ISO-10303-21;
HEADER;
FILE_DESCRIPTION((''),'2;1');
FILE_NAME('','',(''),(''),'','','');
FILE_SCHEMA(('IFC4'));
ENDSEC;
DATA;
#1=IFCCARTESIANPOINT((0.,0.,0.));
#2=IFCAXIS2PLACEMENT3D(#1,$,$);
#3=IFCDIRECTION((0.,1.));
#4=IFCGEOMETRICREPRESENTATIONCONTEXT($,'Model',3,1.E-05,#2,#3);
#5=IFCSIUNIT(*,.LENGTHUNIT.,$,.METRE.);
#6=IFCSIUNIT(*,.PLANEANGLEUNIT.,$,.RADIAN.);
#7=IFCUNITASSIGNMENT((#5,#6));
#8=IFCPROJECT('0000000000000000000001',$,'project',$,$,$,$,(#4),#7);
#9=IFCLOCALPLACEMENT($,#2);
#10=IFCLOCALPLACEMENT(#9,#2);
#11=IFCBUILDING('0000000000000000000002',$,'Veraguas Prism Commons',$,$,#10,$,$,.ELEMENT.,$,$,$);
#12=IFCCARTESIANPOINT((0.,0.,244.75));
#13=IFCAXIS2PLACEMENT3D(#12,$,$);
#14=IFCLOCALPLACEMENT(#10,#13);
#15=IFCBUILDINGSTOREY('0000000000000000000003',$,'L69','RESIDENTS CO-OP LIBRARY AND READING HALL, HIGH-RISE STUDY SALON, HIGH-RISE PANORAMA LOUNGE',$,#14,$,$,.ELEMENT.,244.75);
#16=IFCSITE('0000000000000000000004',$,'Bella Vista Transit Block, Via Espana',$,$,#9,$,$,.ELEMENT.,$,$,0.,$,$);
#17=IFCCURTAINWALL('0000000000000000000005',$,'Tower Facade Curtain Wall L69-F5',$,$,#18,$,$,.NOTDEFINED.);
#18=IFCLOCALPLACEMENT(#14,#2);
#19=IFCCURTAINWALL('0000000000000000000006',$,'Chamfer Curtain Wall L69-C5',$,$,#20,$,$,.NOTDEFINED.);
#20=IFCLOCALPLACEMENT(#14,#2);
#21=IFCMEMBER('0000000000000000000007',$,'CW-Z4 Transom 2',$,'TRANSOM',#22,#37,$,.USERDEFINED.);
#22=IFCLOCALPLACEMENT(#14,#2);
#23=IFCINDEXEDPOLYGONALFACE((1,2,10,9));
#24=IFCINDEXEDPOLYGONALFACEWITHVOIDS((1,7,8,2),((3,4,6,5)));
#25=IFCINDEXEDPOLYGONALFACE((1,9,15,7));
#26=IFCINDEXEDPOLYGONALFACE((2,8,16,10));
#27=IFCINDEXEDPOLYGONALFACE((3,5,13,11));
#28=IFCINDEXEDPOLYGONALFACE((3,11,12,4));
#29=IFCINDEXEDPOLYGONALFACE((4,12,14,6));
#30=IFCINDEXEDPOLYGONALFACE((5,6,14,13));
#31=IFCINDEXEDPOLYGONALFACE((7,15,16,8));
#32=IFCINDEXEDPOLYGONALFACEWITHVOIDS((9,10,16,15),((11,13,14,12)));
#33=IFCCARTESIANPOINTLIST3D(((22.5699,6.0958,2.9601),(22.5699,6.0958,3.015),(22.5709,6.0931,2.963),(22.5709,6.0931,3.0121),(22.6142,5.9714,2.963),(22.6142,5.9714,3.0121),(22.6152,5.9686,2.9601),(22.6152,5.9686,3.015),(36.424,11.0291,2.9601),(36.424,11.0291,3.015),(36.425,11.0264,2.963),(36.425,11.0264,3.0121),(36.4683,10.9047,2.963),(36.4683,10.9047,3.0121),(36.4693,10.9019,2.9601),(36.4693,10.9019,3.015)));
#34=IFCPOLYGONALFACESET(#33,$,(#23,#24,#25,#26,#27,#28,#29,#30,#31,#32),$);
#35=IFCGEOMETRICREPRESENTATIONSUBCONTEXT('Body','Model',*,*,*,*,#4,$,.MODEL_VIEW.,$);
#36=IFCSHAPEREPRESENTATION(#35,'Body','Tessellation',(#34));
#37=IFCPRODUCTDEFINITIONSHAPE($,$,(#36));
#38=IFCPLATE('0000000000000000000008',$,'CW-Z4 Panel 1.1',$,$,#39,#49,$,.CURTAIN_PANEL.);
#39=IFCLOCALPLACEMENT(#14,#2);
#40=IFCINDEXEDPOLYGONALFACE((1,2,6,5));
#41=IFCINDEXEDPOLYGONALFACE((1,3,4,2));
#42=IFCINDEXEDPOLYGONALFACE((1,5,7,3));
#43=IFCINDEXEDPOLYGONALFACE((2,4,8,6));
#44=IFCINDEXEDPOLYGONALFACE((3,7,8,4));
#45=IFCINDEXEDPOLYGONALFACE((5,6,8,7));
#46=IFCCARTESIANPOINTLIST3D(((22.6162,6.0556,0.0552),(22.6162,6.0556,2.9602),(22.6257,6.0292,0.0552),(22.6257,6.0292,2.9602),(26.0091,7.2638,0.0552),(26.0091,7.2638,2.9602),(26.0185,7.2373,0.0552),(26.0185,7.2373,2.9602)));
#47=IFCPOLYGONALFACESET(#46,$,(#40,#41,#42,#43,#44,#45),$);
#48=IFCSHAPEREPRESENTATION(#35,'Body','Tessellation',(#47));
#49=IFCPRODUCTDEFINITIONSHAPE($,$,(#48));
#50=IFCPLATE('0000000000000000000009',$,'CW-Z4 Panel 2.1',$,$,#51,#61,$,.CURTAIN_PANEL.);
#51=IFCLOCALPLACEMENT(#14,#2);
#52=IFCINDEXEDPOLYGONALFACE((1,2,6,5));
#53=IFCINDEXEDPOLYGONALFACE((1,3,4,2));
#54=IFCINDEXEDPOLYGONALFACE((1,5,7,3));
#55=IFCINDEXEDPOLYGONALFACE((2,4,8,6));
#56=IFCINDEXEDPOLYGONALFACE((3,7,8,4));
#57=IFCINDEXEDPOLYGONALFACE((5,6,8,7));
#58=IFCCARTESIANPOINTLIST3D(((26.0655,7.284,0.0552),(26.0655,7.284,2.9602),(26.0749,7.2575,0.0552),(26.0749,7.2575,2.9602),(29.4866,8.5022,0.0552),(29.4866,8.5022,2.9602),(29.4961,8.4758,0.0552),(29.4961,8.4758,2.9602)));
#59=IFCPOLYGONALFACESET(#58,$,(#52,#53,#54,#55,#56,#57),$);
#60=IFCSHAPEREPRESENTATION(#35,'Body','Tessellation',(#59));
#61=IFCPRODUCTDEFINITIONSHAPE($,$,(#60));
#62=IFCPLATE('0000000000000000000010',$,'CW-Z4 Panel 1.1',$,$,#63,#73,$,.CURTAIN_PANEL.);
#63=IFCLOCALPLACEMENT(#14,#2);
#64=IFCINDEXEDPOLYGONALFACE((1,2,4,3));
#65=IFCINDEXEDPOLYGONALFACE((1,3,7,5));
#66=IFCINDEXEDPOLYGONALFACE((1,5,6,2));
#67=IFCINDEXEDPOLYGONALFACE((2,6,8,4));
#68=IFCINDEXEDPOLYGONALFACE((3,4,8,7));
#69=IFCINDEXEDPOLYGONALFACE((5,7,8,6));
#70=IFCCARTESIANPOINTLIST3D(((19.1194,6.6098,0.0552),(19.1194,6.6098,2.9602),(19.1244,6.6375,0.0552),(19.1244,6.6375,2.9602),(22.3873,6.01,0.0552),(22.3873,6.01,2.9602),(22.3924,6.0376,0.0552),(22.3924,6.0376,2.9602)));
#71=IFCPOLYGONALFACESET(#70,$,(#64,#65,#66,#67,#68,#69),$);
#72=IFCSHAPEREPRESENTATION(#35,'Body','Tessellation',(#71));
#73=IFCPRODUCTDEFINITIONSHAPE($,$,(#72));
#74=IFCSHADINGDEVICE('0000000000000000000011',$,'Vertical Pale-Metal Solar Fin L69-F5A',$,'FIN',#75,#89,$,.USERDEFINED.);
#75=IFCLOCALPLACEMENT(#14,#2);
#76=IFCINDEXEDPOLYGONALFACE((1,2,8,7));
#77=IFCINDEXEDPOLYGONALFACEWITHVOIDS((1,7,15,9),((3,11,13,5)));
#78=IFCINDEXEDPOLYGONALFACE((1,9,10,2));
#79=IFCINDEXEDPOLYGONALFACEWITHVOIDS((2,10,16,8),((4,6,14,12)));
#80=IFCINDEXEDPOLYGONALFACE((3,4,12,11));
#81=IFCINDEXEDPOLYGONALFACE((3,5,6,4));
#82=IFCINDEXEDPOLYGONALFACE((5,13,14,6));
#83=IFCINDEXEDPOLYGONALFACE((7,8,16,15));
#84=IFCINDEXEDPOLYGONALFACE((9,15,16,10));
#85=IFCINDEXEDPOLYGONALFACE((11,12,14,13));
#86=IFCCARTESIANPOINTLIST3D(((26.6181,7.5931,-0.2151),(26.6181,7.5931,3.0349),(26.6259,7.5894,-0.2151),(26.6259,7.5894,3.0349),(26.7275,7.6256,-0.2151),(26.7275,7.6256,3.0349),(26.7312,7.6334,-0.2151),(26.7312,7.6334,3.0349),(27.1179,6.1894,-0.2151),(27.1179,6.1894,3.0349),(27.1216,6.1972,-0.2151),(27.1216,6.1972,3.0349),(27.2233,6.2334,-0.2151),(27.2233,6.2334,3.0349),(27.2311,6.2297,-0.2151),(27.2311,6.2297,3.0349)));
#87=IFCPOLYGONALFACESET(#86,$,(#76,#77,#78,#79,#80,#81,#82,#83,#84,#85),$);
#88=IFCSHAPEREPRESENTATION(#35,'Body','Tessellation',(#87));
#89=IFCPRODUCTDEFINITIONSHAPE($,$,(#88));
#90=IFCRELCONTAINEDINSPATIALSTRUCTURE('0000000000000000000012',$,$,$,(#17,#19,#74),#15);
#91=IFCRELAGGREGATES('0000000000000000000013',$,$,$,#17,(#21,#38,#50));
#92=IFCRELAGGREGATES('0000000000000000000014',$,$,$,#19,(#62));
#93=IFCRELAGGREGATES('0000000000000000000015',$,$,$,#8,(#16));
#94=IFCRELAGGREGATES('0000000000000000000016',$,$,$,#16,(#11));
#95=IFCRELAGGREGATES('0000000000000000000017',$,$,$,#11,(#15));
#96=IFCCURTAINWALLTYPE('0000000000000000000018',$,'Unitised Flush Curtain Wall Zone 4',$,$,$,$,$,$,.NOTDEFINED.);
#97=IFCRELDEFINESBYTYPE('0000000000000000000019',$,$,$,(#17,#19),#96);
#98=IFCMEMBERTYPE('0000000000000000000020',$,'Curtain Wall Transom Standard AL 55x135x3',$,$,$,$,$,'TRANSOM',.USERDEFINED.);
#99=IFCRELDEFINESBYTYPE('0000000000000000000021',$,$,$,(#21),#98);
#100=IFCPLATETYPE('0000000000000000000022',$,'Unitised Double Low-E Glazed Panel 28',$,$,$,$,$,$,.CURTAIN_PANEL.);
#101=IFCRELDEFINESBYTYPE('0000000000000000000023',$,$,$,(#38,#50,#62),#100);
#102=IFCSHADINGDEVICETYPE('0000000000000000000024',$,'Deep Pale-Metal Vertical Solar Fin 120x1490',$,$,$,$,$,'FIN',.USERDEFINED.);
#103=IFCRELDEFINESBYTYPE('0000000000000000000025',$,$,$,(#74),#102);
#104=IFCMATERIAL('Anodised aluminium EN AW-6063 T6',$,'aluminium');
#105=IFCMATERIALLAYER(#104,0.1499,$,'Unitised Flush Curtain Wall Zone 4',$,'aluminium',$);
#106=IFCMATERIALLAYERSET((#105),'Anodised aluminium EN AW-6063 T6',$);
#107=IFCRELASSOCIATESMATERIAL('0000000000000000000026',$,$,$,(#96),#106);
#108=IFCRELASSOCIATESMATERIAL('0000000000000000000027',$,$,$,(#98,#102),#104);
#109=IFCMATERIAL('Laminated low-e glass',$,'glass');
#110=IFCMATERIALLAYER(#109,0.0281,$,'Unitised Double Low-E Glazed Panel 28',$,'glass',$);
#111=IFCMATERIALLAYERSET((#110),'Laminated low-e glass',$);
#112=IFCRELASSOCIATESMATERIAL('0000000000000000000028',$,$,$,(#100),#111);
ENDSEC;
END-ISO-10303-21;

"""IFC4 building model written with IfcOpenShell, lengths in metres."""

from ifc_helpers import new_model, si_unit, direction, frame, origin, origin_2d, place, context, subcontext, project, spatial, rectangle, hollow_rectangle, extrude, source, transform, mapped, material, layer, layer_set, material_profile, profile_set, type_object, element, aggregate, save


model = new_model("IFC4")

# Units and contexts
model_context = context("Model", 3, precision=1e-05, world=origin(), true_north=direction((0.0, 1.0)))
body_context = subcontext(model_context, "Body", "Model", "MODEL_VIEW")
ifc_project = project(units=[si_unit("LENGTHUNIT", "METRE"), si_unit("PLANEANGLEUNIT", "RADIAN")], contexts=[model_context])

# Site, building, storey
site_placement = place(None, origin())
site = spatial("IfcSite", under=ifc_project, at=site_placement, Name="Bella Vista Transit Block, Via Espana", CompositionType="ELEMENT", RefElevation=0.0)
building_placement = place(site_placement, origin())
building = spatial("IfcBuilding", under=site, at=building_placement, Name="Veraguas Prism Commons", CompositionType="ELEMENT")
storey_placement = place(building_placement, frame((0.0, 0.0, 244.75)))
storey = spatial("IfcBuildingStorey", under=building, at=storey_placement, Name="L69", Description="RESIDENTS CO-OP LIBRARY AND READING HALL, HIGH-RISE STUDY SALON, HIGH-RISE PANORAMA LOUNGE", CompositionType="ELEMENT", Elevation=244.75)

# Curtain wall
ifc_material_1 = material(Name="Anodised aluminium EN AW-6063 T6", Category="aluminium")
ifc_layer_1 = layer(ifc_material_1, 0.1499, Name="Unitised Flush Curtain Wall Zone 4", Category="aluminium")
ifc_layer_set_1 = layer_set([ifc_layer_1], Name="Anodised aluminium EN AW-6063 T6")
curtain_wall_type = type_object("IfcCurtainWallType", Name="Unitised Flush Curtain Wall Zone 4", PredefinedType="NOTDEFINED", material=ifc_layer_set_1)
curtain_wall_1_placement = place(storey_placement, origin())
curtain_wall_1 = element("IfcCurtainWall", 1, at=curtain_wall_1_placement, inside=storey, type_object=curtain_wall_type, Name="Tower Facade Curtain Wall L69-F5", PredefinedType="NOTDEFINED")

# Curtain wall
curtain_wall_2_placement = place(storey_placement, origin())
curtain_wall_2 = element("IfcCurtainWall", 2, at=curtain_wall_2_placement, inside=storey, type_object=curtain_wall_type, Name="Chamfer Curtain Wall L69-C5", PredefinedType="NOTDEFINED")

# Member
ifc_material_profile_1 = material_profile(ifc_material_1, hollow_rectangle(XDim=0.0549, YDim=0.135, WallThickness=0.0029, at=origin_2d()), Name="AL55X135X3")
ifc_profile_set_1 = profile_set([ifc_material_profile_1], Name="Anodised aluminium EN AW-6063 T6")
member_type_1 = type_object("IfcMemberType", Name="Curtain Wall Transom Standard AL 55x135x3", ElementType="TRANSOM", PredefinedType="USERDEFINED", material=ifc_profile_set_1)
shared_shape_1 = source(origin(), body_context, "Body", "SweptSolid", [
    extrude(hollow_rectangle(XDim=0.0549, YDim=0.135, WallThickness=0.0029, at=origin_2d()), origin(), (0.0, 0.0, 1.0), 14.7063),
])
member_1_placement = place(storey_placement, frame((22.5925, 6.0322, 2.9875), z_axis=(0.942056, 0.335456, 0.0), x_axis=(0.0, 0.0, 1.0)))
member_1 = element("IfcMember", 3, at=member_1_placement, type_object=member_type_1, Name="CW-Z4 Transom 2", ObjectType="TRANSOM", PredefinedType="USERDEFINED", context=body_context, shape_type="MappedRepresentation", body=[
    mapped(shared_shape_1, transform((0.0, 0.0, 0.0), scale=1.0)),
])

# Plates
ifc_material_2 = material(Name="Laminated low-e glass", Category="glass")
ifc_layer_2 = layer(ifc_material_2, 0.0281, Name="Unitised Double Low-E Glazed Panel 28", Category="glass")
ifc_layer_set_2 = layer_set([ifc_layer_2], Name="Laminated low-e glass")
plate_type = type_object("IfcPlateType", Name="Unitised Double Low-E Glazed Panel 28", PredefinedType="CURTAIN_PANEL", material=ifc_layer_set_2)
shared_shape_2 = source(origin(), body_context, "Body", "SweptSolid", [
    extrude(rectangle(XDim=3.6016, YDim=0.0281, at=origin_2d()), origin(), (0.0, 0.0, 1.0), 2.905),
])
plate_1_placement = place(storey_placement, frame((24.3174, 6.6465, 0.0552), z_axis=(0.0, 0.0, 1.0), x_axis=(0.942056, 0.335457, 0.0)))
plate_1 = element("IfcPlate", 4, at=plate_1_placement, type_object=plate_type, Name="CW-Z4 Panel 1.1", PredefinedType="CURTAIN_PANEL", context=body_context, shape_type="MappedRepresentation", body=[
    mapped(shared_shape_2, transform((0.0, 0.0, 0.0), scale=1.0)),
])
shared_shape_3 = source(origin(), body_context, "Body", "SweptSolid", [
    extrude(rectangle(XDim=3.6316, YDim=0.0281, at=origin_2d()), origin(), (0.0, 0.0, 1.0), 2.905),
])
plate_2_placement = place(storey_placement, frame((27.7808, 7.8799, 0.0552), z_axis=(0.0, 0.0, 1.0), x_axis=(0.942056, 0.335457, 0.0)))
plate_2 = element("IfcPlate", 5, at=plate_2_placement, type_object=plate_type, Name="CW-Z4 Panel 2.1", PredefinedType="CURTAIN_PANEL", context=body_context, shape_type="MappedRepresentation", body=[
    mapped(shared_shape_3, transform((0.0, 0.0, 0.0), scale=1.0)),
])
aggregate(curtain_wall_1, [member_1, plate_1, plate_2])
shared_shape_4 = source(origin(), body_context, "Body", "SweptSolid", [
    extrude(rectangle(XDim=3.3225, YDim=0.0281, at=origin_2d()), origin(), (0.0, 0.0, 1.0), 2.905),
])
plate_3_placement = place(storey_placement, frame((20.7559, 6.3237, 0.0552), z_axis=(0.0, 0.0, 1.0), x_axis=(0.983569, -0.180535, 0.0)))
plate_3 = element("IfcPlate", 6, at=plate_3_placement, type_object=plate_type, Name="CW-Z4 Panel 1.1", PredefinedType="CURTAIN_PANEL", context=body_context, shape_type="MappedRepresentation", body=[
    mapped(shared_shape_4, transform((0.0, 0.0, 0.0), scale=1.0)),
])
aggregate(curtain_wall_2, [plate_3])

# Shading device
ifc_material_profile_2 = material_profile(ifc_material_1, hollow_rectangle(XDim=0.1201, YDim=1.49, WallThickness=0.0061, at=origin_2d()), Name="FIN120X1490X6")
ifc_profile_set_2 = profile_set([ifc_material_profile_2], Name="Anodised aluminium EN AW-6063 T6")
shading_device_type = type_object("IfcShadingDeviceType", Name="Deep Pale-Metal Vertical Solar Fin 120x1490", ElementType="FIN", PredefinedType="USERDEFINED", material=ifc_profile_set_2)
shading_device_placement = place(storey_placement, frame((26.9246, 6.9114, -0.2151), z_axis=(0.0, 0.0, 1.0), x_axis=(0.942056, 0.335455, 0.0)))
element("IfcShadingDevice", 7, at=shading_device_placement, inside=storey, type_object=shading_device_type, Name="Vertical Pale-Metal Solar Fin L69-F5A", ObjectType="FIN", PredefinedType="USERDEFINED", context=body_context, shape_type="SweptSolid", body=[
    extrude(hollow_rectangle(XDim=0.1201, YDim=1.49, WallThickness=0.0061, at=origin_2d()), origin(), (0.0, 0.0, 1.0), 3.25),
])

save(model, "model.ifc")
